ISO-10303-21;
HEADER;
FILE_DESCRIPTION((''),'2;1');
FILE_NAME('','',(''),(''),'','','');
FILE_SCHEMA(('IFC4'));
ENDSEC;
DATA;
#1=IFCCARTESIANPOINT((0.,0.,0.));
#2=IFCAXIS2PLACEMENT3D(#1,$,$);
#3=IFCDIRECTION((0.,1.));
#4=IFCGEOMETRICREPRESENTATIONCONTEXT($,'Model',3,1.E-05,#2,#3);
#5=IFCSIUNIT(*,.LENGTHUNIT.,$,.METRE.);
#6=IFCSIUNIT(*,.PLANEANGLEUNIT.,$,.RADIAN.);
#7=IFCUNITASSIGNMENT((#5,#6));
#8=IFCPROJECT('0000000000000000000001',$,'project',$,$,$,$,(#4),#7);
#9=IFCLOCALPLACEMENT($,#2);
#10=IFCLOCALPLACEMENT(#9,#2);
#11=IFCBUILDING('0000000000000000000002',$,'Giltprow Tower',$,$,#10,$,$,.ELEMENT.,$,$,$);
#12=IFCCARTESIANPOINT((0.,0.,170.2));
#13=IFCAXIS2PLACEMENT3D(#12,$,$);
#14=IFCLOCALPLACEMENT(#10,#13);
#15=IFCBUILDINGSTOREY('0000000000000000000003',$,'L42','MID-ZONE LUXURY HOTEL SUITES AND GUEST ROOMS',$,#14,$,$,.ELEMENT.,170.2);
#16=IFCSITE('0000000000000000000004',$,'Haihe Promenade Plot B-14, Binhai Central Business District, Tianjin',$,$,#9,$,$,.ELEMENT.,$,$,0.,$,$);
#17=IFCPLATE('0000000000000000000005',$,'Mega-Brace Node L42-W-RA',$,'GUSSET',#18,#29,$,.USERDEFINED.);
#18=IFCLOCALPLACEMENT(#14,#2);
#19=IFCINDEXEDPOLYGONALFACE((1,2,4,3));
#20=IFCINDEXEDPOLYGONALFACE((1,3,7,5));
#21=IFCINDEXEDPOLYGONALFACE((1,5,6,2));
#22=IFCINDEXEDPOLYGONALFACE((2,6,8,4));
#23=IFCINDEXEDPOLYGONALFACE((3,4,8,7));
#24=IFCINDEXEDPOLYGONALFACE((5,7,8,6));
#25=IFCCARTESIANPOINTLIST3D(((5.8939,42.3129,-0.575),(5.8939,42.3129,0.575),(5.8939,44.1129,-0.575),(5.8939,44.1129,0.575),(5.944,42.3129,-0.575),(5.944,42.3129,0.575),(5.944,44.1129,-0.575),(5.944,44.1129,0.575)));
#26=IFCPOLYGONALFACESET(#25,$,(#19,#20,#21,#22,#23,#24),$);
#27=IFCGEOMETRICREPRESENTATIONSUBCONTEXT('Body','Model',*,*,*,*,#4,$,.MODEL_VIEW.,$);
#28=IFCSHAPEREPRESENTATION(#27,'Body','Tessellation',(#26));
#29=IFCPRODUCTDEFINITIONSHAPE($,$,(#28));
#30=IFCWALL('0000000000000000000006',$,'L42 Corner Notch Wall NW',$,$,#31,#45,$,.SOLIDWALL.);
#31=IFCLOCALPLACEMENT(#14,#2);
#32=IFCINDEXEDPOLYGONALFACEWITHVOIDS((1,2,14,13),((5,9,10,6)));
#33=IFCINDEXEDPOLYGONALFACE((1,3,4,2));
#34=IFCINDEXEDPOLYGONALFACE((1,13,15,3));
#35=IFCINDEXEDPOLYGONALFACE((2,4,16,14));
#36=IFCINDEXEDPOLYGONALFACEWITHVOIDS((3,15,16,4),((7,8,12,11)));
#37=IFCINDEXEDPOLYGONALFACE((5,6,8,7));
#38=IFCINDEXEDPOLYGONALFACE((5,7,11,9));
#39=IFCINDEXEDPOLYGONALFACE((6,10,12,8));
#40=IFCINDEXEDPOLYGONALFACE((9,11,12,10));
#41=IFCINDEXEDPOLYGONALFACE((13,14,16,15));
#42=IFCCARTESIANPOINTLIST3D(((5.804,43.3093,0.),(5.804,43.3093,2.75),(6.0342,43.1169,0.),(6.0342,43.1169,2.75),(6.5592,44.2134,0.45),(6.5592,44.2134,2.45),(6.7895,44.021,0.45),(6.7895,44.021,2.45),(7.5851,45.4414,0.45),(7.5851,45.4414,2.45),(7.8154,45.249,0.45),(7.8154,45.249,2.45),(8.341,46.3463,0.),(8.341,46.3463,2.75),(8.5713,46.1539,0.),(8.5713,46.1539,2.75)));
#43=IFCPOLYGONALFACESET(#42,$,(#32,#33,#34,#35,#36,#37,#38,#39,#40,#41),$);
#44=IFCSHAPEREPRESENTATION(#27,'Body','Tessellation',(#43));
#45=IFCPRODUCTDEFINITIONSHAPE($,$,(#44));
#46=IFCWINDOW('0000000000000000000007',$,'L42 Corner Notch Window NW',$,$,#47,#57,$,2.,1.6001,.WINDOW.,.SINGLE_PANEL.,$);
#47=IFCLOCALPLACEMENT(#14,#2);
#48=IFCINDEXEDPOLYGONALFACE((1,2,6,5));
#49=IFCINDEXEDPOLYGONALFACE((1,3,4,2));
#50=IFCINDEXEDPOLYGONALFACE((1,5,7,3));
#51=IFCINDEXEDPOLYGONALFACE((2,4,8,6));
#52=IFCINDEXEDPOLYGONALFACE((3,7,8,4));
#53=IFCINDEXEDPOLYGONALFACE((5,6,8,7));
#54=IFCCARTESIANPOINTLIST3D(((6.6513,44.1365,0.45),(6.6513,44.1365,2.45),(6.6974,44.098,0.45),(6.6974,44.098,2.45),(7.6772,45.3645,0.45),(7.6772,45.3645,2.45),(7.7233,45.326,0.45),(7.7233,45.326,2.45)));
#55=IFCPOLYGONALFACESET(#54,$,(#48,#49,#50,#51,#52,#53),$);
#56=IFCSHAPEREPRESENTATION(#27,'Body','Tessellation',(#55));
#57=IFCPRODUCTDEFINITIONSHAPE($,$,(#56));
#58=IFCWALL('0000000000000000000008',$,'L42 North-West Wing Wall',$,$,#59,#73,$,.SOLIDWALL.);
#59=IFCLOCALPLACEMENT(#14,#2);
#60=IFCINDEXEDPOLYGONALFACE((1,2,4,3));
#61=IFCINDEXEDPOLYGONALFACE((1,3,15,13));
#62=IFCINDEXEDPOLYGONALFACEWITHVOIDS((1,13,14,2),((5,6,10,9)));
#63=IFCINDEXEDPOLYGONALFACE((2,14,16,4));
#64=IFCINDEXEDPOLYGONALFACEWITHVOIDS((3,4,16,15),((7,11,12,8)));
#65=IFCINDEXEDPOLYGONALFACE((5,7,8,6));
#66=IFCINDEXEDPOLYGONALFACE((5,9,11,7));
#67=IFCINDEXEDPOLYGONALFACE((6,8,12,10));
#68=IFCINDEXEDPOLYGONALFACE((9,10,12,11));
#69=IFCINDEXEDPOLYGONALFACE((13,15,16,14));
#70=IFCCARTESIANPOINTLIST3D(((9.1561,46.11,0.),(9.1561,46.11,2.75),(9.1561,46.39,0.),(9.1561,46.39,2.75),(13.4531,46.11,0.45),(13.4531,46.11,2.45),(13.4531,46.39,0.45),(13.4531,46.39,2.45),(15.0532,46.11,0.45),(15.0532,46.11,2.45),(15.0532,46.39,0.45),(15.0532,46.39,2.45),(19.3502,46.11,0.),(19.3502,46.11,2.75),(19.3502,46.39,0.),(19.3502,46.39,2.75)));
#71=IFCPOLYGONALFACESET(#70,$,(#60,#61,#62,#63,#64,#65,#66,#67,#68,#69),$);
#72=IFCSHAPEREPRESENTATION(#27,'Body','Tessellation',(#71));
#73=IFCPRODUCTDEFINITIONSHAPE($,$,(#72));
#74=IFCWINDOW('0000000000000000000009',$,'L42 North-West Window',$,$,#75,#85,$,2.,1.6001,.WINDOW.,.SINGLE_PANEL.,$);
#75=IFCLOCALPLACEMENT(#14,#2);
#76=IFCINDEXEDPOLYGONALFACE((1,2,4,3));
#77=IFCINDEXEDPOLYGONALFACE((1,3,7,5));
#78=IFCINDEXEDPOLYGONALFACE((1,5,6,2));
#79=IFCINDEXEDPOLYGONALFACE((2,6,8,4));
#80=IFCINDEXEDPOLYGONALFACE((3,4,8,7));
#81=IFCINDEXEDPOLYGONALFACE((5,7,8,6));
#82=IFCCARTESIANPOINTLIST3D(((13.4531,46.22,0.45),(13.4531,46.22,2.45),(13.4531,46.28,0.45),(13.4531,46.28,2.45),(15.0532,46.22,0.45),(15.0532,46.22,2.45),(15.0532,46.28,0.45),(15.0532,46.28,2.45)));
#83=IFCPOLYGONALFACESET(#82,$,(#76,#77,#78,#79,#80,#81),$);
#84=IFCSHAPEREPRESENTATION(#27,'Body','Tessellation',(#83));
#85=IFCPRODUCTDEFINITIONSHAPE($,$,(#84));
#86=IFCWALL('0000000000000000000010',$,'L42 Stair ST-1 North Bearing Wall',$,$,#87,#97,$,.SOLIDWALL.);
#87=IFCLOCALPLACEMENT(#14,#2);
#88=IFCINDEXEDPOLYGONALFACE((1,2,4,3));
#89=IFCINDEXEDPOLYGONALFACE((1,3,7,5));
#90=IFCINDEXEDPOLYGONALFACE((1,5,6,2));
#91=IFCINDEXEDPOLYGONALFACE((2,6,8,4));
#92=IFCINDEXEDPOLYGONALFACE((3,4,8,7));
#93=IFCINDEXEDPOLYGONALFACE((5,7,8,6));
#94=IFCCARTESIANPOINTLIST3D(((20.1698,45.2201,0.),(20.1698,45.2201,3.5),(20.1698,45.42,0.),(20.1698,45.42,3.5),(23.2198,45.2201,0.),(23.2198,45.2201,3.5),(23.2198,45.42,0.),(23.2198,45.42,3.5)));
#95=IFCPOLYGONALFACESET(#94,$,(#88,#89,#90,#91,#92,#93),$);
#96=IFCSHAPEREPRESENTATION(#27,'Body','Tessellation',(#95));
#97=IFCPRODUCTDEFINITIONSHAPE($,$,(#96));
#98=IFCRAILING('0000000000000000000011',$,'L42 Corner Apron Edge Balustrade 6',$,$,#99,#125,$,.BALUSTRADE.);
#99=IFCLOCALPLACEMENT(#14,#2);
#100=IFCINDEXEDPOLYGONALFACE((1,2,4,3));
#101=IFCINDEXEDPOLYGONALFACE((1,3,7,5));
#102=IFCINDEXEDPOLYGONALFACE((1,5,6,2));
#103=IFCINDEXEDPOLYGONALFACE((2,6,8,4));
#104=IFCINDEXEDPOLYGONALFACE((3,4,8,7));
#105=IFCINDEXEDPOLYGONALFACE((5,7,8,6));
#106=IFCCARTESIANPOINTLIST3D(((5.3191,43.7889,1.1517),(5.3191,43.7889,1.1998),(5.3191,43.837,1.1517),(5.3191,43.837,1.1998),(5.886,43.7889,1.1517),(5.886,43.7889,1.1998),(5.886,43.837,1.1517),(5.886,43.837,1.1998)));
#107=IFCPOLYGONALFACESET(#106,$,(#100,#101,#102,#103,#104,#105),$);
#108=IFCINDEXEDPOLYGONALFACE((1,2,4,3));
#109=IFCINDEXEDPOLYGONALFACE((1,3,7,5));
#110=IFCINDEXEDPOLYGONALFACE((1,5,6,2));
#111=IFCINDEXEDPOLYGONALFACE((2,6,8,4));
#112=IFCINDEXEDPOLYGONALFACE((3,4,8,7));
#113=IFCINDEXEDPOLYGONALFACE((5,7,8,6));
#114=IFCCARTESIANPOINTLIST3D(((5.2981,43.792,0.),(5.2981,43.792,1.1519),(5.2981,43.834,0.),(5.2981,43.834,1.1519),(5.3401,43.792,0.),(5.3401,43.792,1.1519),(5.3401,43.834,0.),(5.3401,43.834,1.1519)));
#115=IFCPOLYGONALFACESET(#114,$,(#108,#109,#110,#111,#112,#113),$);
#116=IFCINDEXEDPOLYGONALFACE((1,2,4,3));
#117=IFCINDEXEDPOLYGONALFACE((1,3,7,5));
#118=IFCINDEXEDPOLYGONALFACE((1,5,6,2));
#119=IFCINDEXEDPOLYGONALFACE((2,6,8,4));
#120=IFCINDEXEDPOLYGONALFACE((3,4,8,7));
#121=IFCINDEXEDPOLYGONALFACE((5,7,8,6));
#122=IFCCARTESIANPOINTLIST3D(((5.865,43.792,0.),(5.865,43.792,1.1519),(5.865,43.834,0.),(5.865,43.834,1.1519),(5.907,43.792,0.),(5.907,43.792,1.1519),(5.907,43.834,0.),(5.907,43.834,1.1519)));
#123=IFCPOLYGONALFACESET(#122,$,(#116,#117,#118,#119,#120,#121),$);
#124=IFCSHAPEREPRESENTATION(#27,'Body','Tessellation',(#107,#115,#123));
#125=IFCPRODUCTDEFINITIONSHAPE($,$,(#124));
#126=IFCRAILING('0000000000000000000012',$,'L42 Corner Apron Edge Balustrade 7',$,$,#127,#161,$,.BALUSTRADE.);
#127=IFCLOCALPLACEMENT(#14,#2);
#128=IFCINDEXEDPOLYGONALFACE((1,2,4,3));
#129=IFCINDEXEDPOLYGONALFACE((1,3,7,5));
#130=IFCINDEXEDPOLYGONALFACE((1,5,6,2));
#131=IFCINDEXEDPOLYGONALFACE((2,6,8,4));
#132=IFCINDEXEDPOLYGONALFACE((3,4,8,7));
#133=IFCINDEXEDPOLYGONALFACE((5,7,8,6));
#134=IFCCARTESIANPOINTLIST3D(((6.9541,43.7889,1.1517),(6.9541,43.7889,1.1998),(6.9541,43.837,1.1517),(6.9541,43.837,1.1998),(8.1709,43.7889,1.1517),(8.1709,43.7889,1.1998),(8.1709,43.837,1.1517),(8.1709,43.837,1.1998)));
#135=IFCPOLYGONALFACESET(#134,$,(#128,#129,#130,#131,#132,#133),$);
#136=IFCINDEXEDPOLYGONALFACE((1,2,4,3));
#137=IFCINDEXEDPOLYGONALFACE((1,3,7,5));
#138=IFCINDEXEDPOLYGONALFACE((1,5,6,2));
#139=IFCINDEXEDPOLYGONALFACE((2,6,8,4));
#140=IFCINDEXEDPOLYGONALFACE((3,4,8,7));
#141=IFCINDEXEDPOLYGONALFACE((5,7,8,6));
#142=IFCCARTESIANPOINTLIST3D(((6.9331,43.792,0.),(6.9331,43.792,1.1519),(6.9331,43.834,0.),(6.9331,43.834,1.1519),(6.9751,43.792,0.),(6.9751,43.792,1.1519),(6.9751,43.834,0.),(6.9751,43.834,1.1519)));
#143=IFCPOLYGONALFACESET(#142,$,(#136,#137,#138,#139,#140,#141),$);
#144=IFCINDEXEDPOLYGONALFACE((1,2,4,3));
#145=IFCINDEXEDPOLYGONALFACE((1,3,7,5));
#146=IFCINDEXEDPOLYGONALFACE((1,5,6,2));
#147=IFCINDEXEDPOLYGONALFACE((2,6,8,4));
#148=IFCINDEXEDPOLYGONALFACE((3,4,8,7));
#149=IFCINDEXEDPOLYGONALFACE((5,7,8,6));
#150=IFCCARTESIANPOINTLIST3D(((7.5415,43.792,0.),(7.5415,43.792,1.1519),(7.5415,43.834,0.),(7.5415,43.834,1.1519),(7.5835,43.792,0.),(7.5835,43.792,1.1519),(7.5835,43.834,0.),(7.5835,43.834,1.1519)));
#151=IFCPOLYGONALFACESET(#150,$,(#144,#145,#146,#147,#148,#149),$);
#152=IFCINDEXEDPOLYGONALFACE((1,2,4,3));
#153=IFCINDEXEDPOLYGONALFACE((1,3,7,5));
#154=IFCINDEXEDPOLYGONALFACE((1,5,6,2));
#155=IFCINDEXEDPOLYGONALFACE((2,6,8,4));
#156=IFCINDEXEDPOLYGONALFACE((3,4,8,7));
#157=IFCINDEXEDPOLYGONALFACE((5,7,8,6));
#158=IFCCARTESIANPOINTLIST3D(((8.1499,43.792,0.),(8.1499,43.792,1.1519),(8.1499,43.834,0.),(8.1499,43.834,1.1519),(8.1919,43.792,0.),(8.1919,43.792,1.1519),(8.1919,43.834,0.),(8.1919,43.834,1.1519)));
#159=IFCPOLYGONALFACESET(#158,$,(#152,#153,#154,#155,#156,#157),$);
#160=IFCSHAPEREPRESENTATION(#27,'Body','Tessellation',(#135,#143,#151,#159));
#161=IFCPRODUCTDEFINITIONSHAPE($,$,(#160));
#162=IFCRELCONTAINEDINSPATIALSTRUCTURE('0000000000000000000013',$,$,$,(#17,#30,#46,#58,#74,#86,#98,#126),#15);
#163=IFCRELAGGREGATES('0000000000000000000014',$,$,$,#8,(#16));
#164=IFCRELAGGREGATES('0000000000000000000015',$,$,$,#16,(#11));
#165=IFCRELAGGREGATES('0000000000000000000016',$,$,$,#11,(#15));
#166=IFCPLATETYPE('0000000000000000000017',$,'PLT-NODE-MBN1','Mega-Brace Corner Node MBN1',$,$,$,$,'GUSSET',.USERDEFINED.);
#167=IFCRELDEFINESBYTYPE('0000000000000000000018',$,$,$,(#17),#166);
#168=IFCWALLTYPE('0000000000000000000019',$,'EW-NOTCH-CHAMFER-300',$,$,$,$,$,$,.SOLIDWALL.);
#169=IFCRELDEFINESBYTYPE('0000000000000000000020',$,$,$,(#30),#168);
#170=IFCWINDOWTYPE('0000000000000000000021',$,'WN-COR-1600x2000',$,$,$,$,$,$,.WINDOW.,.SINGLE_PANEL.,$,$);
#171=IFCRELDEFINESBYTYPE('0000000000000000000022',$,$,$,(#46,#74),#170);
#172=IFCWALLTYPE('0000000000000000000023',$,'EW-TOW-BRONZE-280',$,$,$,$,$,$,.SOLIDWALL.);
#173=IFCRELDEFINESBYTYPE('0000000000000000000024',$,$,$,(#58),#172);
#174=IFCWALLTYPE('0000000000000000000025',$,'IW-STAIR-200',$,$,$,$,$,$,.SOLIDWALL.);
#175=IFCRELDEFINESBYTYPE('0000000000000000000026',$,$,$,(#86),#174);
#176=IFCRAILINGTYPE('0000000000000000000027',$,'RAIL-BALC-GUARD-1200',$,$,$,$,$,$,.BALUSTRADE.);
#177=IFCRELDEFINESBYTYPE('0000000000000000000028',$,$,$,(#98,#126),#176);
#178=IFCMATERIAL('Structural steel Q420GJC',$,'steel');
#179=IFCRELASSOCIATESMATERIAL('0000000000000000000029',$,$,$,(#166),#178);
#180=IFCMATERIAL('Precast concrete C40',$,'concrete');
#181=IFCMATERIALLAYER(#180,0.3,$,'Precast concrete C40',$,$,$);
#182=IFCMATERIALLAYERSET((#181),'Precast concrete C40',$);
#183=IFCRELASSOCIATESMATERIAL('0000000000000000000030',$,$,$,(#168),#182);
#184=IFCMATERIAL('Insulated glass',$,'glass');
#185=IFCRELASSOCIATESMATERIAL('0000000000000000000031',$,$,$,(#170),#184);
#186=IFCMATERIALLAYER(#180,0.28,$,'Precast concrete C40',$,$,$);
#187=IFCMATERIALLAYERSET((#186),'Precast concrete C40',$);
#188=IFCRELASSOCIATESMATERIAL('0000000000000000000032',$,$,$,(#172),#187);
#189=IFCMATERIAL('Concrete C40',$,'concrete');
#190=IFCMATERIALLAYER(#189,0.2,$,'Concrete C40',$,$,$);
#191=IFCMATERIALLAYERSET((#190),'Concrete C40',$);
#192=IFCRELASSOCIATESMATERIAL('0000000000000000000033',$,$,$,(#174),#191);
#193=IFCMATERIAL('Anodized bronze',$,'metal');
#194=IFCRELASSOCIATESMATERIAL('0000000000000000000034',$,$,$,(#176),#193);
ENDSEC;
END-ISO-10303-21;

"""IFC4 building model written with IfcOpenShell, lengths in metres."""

from ifc_helpers import new_model, si_unit, direction, frame, frame_2d, origin, origin_2d, place, context, subcontext, project, spatial, rectangle, extrude, source, transform, mapped, material, layer, layer_set, type_object, element, fill, save


model = new_model("IFC4")

# Units and contexts
model_context = context("Model", 3, precision=1e-05, world=origin(), true_north=direction((0.0, 1.0)))
body_context = subcontext(model_context, "Body", "Model", "MODEL_VIEW")
ifc_project = project(units=[si_unit("LENGTHUNIT", "METRE"), si_unit("PLANEANGLEUNIT", "RADIAN")], contexts=[model_context])

# Site, building, storey
site_placement = place(None, origin())
site = spatial("IfcSite", under=ifc_project, at=site_placement, Name="Haihe Promenade Plot B-14, Binhai Central Business District, Tianjin", CompositionType="ELEMENT", RefElevation=0.0)
building_placement = place(site_placement, origin())
building = spatial("IfcBuilding", under=site, at=building_placement, Name="Giltprow Tower", CompositionType="ELEMENT")
storey_placement = place(building_placement, frame((0.0, 0.0, 170.2)))
storey = spatial("IfcBuildingStorey", under=building, at=storey_placement, Name="L42", Description="MID-ZONE LUXURY HOTEL SUITES AND GUEST ROOMS", CompositionType="ELEMENT", Elevation=170.2)

# Shared definitions
ifc_material_1 = material(Name="Structural steel Q420GJC", Category="steel")

# Plate
plate_type = type_object("IfcPlateType", Name="PLT-NODE-MBN1", Description="Mega-Brace Corner Node MBN1", ElementType="GUSSET", PredefinedType="USERDEFINED", material=ifc_material_1)
shared_shape_1 = source(origin(), body_context, "Body", "SweptSolid", [
    extrude(rectangle(XDim=1.8, YDim=0.05, at=origin_2d()), origin(), (0.0, 0.0, 1.0), 1.1499),
])
for number, where, z_axis, x_axis, name in (
    (1, (5.9189, 43.2129, -0.575), (0.0, 0.0, 1.0), (0.0, 1.0, 0.0), "Mega-Brace Node L42-W-RA"),
):
    element("IfcPlate", number, at=place(storey_placement, frame(where, z_axis=z_axis, x_axis=x_axis)), inside=storey, type_object=plate_type, Name=name, ObjectType="GUSSET", PredefinedType="USERDEFINED", context=body_context, shape_type="MappedRepresentation", body=[
        mapped(shared_shape_1, transform((0.0, 0.0, 0.0), x_axis=(1.0, 0.0, 0.0), y_axis=(0.0, 1.0, 0.0), z_axis=(0.0, 0.0, 1.0), scale=1.0)),
    ])

# Walls, openings, windows
ifc_material_2 = material(Name="Precast concrete C40", Category="concrete")
ifc_layer_1 = layer(ifc_material_2, 0.3, Name="Precast concrete C40")
ifc_layer_set_1 = layer_set([ifc_layer_1], Name="Precast concrete C40")
wall_type_1 = type_object("IfcWallType", Name="EW-NOTCH-CHAMFER-300", PredefinedType="SOLIDWALL", material=ifc_layer_set_1)
wall_1_placement = place(storey_placement, frame((8.4561, 46.25, 0.0), z_axis=(0.0, 0.0, 1.0), x_axis=(-0.641106, -0.767452, 0.0)))
wall_1 = element("IfcWall", 2, at=wall_1_placement, inside=storey, type_object=wall_type_1, Name="L42 Corner Notch Wall NW", PredefinedType="SOLIDWALL", context=body_context, shape_type="SweptSolid", body=[
    extrude(rectangle(XDim=3.9573, YDim=0.3, at=frame_2d((1.9785, 0.0))), origin(), (0.0, 0.0, 1.0), 2.75),
])
opening_1_placement = place(wall_1_placement, frame((1.179, 0.0, 0.45)))
opening_1 = element("IfcOpeningElement", 3, at=opening_1_placement, cuts=wall_1, PredefinedType="OPENING", context=body_context, shape_type="SweptSolid", body=[
    extrude(rectangle(XDim=1.6001, YDim=2.0, at=frame_2d((0.8, 1.0))), frame((0.0, 0.1599, 0.0), z_axis=(0.0, -1.0, 0.0), x_axis=(1.0, 0.0, 0.0)), (0.0, 0.0, 1.0), 0.3201),
])
ifc_material_3 = material(Name="Insulated glass", Category="glass")
window_type = type_object("IfcWindowType", Name="WN-COR-1600x2000", PartitioningType="SINGLE_PANEL", PredefinedType="WINDOW", material=ifc_material_3)
shared_shape_2 = source(origin(), body_context, "Body", "SweptSolid", [
    extrude(rectangle(XDim=1.6001, YDim=2.0, at=frame_2d((0.8, 1.0))), frame((0.0, 0.03, 0.0), z_axis=(0.0, -1.0, 0.0), x_axis=(1.0, 0.0, 0.0)), (0.0, 0.0, 1.0), 0.0601),
])
window_1_placement = place(opening_1_placement, origin())
window_1 = element("IfcWindow", 4, at=window_1_placement, inside=storey, type_object=window_type, Name="L42 Corner Notch Window NW", OverallHeight=2.0, OverallWidth=1.6001, PartitioningType="SINGLE_PANEL", PredefinedType="WINDOW", context=body_context, shape_type="MappedRepresentation", body=[
    mapped(shared_shape_2, transform((0.0, 0.0, 0.0), x_axis=(1.0, 0.0, 0.0), y_axis=(0.0, 1.0, 0.0), z_axis=(0.0, 0.0, 1.0), scale=1.0)),
])
fill(opening_1, window_1)
ifc_layer_2 = layer(ifc_material_2, 0.28, Name="Precast concrete C40")
ifc_layer_set_2 = layer_set([ifc_layer_2], Name="Precast concrete C40")
wall_type_2 = type_object("IfcWallType", Name="EW-TOW-BRONZE-280", PredefinedType="SOLIDWALL", material=ifc_layer_set_2)
wall_2_placement = place(storey_placement, frame((9.156, 46.25, 0.0), z_axis=(0.0, 0.0, 1.0), x_axis=(1.0, 0.0, 0.0)))
wall_2 = element("IfcWall", 5, at=wall_2_placement, inside=storey, type_object=wall_type_2, Name="L42 North-West Wing Wall", PredefinedType="SOLIDWALL", context=body_context, shape_type="SweptSolid", body=[
    extrude(rectangle(XDim=10.1941, YDim=0.28, at=frame_2d((5.0972, 0.0))), origin(), (0.0, 0.0, 1.0), 2.75),
])
opening_2_placement = place(wall_2_placement, frame((4.2971, 0.0, 0.45)))
opening_2 = element("IfcOpeningElement", 6, at=opening_2_placement, cuts=wall_2, PredefinedType="OPENING", context=body_context, shape_type="SweptSolid", body=[
    extrude(rectangle(XDim=1.6001, YDim=2.0, at=frame_2d((0.8, 1.0))), frame((0.0, 0.1499, 0.0), z_axis=(0.0, -1.0, 0.0), x_axis=(1.0, 0.0, 0.0)), (0.0, 0.0, 1.0), 0.3),
])
window_2_placement = place(opening_2_placement, origin())
window_2 = element("IfcWindow", 7, at=window_2_placement, inside=storey, type_object=window_type, Name="L42 North-West Window", OverallHeight=2.0, OverallWidth=1.6001, PartitioningType="SINGLE_PANEL", PredefinedType="WINDOW", context=body_context, shape_type="MappedRepresentation", body=[
    mapped(shared_shape_2, transform((0.0, 0.0, 0.0), x_axis=(1.0, 0.0, 0.0), y_axis=(0.0, 1.0, 0.0), z_axis=(0.0, 0.0, 1.0), scale=1.0)),
])
fill(opening_2, window_2)

# Wall
ifc_material_4 = material(Name="Concrete C40", Category="concrete")
ifc_layer_3 = layer(ifc_material_4, 0.2, Name="Concrete C40")
ifc_layer_set_3 = layer_set([ifc_layer_3], Name="Concrete C40")
wall_type_3 = type_object("IfcWallType", Name="IW-STAIR-200", PredefinedType="SOLIDWALL", material=ifc_layer_set_3)
wall_3_placement = place(storey_placement, frame((20.1699, 45.3201, 0.0), z_axis=(0.0, 0.0, 1.0), x_axis=(1.0, 0.0, 0.0)))
element("IfcWall", 8, at=wall_3_placement, inside=storey, type_object=wall_type_3, Name="L42 Stair ST-1 North Bearing Wall", PredefinedType="SOLIDWALL", context=body_context, shape_type="SweptSolid", body=[
    extrude(rectangle(XDim=3.05, YDim=0.2, at=frame_2d((1.5249, 0.0))), origin(), (0.0, 0.0, 1.0), 3.5),
])

# Railings
ifc_material_5 = material(Name="Anodized bronze", Category="metal")
railing_type = type_object("IfcRailingType", Name="RAIL-BALC-GUARD-1200", PredefinedType="BALUSTRADE", material=ifc_material_5)
railing_1_placement = place(storey_placement, frame((5.3191, 43.813, 0.0)))
element("IfcRailing", 9, at=railing_1_placement, inside=storey, type_object=railing_type, Name="L42 Corner Apron Edge Balustrade 6", PredefinedType="BALUSTRADE", context=body_context, shape_type="SweptSolid", body=[
    extrude(rectangle(XDim=0.0481, YDim=0.0481, at=origin_2d()), frame((0.0, 0.0, 1.1758), z_axis=(1.0, 0.0, 0.0), x_axis=(0.0, 1.0, 0.0)), (0.0, 0.0, 1.0), 0.5669),
    extrude(rectangle(XDim=0.042, YDim=0.042, at=origin_2d()), origin(), (0.0, 0.0, 1.0), 1.1519),
    extrude(rectangle(XDim=0.042, YDim=0.042, at=origin_2d()), frame((0.5669, 0.0, 0.0)), (0.0, 0.0, 1.0), 1.1519),
])
railing_2_placement = place(storey_placement, frame((6.9541, 43.813, 0.0)))
element("IfcRailing", 10, at=railing_2_placement, inside=storey, type_object=railing_type, Name="L42 Corner Apron Edge Balustrade 7", PredefinedType="BALUSTRADE", context=body_context, shape_type="SweptSolid", body=[
    extrude(rectangle(XDim=0.0481, YDim=0.0481, at=origin_2d()), frame((0.0, 0.0, 1.1758), z_axis=(1.0, 0.0, 0.0), x_axis=(0.0, 1.0, 0.0)), (0.0, 0.0, 1.0), 1.2168),
    extrude(rectangle(XDim=0.042, YDim=0.042, at=origin_2d()), origin(), (0.0, 0.0, 1.0), 1.1519),
    extrude(rectangle(XDim=0.042, YDim=0.042, at=origin_2d()), frame((0.6084, 0.0, 0.0)), (0.0, 0.0, 1.0), 1.1519),
    extrude(rectangle(XDim=0.042, YDim=0.042, at=origin_2d()), frame((1.2168, 0.0, 0.0)), (0.0, 0.0, 1.0), 1.1519),
])

save(model, "model.ifc")
